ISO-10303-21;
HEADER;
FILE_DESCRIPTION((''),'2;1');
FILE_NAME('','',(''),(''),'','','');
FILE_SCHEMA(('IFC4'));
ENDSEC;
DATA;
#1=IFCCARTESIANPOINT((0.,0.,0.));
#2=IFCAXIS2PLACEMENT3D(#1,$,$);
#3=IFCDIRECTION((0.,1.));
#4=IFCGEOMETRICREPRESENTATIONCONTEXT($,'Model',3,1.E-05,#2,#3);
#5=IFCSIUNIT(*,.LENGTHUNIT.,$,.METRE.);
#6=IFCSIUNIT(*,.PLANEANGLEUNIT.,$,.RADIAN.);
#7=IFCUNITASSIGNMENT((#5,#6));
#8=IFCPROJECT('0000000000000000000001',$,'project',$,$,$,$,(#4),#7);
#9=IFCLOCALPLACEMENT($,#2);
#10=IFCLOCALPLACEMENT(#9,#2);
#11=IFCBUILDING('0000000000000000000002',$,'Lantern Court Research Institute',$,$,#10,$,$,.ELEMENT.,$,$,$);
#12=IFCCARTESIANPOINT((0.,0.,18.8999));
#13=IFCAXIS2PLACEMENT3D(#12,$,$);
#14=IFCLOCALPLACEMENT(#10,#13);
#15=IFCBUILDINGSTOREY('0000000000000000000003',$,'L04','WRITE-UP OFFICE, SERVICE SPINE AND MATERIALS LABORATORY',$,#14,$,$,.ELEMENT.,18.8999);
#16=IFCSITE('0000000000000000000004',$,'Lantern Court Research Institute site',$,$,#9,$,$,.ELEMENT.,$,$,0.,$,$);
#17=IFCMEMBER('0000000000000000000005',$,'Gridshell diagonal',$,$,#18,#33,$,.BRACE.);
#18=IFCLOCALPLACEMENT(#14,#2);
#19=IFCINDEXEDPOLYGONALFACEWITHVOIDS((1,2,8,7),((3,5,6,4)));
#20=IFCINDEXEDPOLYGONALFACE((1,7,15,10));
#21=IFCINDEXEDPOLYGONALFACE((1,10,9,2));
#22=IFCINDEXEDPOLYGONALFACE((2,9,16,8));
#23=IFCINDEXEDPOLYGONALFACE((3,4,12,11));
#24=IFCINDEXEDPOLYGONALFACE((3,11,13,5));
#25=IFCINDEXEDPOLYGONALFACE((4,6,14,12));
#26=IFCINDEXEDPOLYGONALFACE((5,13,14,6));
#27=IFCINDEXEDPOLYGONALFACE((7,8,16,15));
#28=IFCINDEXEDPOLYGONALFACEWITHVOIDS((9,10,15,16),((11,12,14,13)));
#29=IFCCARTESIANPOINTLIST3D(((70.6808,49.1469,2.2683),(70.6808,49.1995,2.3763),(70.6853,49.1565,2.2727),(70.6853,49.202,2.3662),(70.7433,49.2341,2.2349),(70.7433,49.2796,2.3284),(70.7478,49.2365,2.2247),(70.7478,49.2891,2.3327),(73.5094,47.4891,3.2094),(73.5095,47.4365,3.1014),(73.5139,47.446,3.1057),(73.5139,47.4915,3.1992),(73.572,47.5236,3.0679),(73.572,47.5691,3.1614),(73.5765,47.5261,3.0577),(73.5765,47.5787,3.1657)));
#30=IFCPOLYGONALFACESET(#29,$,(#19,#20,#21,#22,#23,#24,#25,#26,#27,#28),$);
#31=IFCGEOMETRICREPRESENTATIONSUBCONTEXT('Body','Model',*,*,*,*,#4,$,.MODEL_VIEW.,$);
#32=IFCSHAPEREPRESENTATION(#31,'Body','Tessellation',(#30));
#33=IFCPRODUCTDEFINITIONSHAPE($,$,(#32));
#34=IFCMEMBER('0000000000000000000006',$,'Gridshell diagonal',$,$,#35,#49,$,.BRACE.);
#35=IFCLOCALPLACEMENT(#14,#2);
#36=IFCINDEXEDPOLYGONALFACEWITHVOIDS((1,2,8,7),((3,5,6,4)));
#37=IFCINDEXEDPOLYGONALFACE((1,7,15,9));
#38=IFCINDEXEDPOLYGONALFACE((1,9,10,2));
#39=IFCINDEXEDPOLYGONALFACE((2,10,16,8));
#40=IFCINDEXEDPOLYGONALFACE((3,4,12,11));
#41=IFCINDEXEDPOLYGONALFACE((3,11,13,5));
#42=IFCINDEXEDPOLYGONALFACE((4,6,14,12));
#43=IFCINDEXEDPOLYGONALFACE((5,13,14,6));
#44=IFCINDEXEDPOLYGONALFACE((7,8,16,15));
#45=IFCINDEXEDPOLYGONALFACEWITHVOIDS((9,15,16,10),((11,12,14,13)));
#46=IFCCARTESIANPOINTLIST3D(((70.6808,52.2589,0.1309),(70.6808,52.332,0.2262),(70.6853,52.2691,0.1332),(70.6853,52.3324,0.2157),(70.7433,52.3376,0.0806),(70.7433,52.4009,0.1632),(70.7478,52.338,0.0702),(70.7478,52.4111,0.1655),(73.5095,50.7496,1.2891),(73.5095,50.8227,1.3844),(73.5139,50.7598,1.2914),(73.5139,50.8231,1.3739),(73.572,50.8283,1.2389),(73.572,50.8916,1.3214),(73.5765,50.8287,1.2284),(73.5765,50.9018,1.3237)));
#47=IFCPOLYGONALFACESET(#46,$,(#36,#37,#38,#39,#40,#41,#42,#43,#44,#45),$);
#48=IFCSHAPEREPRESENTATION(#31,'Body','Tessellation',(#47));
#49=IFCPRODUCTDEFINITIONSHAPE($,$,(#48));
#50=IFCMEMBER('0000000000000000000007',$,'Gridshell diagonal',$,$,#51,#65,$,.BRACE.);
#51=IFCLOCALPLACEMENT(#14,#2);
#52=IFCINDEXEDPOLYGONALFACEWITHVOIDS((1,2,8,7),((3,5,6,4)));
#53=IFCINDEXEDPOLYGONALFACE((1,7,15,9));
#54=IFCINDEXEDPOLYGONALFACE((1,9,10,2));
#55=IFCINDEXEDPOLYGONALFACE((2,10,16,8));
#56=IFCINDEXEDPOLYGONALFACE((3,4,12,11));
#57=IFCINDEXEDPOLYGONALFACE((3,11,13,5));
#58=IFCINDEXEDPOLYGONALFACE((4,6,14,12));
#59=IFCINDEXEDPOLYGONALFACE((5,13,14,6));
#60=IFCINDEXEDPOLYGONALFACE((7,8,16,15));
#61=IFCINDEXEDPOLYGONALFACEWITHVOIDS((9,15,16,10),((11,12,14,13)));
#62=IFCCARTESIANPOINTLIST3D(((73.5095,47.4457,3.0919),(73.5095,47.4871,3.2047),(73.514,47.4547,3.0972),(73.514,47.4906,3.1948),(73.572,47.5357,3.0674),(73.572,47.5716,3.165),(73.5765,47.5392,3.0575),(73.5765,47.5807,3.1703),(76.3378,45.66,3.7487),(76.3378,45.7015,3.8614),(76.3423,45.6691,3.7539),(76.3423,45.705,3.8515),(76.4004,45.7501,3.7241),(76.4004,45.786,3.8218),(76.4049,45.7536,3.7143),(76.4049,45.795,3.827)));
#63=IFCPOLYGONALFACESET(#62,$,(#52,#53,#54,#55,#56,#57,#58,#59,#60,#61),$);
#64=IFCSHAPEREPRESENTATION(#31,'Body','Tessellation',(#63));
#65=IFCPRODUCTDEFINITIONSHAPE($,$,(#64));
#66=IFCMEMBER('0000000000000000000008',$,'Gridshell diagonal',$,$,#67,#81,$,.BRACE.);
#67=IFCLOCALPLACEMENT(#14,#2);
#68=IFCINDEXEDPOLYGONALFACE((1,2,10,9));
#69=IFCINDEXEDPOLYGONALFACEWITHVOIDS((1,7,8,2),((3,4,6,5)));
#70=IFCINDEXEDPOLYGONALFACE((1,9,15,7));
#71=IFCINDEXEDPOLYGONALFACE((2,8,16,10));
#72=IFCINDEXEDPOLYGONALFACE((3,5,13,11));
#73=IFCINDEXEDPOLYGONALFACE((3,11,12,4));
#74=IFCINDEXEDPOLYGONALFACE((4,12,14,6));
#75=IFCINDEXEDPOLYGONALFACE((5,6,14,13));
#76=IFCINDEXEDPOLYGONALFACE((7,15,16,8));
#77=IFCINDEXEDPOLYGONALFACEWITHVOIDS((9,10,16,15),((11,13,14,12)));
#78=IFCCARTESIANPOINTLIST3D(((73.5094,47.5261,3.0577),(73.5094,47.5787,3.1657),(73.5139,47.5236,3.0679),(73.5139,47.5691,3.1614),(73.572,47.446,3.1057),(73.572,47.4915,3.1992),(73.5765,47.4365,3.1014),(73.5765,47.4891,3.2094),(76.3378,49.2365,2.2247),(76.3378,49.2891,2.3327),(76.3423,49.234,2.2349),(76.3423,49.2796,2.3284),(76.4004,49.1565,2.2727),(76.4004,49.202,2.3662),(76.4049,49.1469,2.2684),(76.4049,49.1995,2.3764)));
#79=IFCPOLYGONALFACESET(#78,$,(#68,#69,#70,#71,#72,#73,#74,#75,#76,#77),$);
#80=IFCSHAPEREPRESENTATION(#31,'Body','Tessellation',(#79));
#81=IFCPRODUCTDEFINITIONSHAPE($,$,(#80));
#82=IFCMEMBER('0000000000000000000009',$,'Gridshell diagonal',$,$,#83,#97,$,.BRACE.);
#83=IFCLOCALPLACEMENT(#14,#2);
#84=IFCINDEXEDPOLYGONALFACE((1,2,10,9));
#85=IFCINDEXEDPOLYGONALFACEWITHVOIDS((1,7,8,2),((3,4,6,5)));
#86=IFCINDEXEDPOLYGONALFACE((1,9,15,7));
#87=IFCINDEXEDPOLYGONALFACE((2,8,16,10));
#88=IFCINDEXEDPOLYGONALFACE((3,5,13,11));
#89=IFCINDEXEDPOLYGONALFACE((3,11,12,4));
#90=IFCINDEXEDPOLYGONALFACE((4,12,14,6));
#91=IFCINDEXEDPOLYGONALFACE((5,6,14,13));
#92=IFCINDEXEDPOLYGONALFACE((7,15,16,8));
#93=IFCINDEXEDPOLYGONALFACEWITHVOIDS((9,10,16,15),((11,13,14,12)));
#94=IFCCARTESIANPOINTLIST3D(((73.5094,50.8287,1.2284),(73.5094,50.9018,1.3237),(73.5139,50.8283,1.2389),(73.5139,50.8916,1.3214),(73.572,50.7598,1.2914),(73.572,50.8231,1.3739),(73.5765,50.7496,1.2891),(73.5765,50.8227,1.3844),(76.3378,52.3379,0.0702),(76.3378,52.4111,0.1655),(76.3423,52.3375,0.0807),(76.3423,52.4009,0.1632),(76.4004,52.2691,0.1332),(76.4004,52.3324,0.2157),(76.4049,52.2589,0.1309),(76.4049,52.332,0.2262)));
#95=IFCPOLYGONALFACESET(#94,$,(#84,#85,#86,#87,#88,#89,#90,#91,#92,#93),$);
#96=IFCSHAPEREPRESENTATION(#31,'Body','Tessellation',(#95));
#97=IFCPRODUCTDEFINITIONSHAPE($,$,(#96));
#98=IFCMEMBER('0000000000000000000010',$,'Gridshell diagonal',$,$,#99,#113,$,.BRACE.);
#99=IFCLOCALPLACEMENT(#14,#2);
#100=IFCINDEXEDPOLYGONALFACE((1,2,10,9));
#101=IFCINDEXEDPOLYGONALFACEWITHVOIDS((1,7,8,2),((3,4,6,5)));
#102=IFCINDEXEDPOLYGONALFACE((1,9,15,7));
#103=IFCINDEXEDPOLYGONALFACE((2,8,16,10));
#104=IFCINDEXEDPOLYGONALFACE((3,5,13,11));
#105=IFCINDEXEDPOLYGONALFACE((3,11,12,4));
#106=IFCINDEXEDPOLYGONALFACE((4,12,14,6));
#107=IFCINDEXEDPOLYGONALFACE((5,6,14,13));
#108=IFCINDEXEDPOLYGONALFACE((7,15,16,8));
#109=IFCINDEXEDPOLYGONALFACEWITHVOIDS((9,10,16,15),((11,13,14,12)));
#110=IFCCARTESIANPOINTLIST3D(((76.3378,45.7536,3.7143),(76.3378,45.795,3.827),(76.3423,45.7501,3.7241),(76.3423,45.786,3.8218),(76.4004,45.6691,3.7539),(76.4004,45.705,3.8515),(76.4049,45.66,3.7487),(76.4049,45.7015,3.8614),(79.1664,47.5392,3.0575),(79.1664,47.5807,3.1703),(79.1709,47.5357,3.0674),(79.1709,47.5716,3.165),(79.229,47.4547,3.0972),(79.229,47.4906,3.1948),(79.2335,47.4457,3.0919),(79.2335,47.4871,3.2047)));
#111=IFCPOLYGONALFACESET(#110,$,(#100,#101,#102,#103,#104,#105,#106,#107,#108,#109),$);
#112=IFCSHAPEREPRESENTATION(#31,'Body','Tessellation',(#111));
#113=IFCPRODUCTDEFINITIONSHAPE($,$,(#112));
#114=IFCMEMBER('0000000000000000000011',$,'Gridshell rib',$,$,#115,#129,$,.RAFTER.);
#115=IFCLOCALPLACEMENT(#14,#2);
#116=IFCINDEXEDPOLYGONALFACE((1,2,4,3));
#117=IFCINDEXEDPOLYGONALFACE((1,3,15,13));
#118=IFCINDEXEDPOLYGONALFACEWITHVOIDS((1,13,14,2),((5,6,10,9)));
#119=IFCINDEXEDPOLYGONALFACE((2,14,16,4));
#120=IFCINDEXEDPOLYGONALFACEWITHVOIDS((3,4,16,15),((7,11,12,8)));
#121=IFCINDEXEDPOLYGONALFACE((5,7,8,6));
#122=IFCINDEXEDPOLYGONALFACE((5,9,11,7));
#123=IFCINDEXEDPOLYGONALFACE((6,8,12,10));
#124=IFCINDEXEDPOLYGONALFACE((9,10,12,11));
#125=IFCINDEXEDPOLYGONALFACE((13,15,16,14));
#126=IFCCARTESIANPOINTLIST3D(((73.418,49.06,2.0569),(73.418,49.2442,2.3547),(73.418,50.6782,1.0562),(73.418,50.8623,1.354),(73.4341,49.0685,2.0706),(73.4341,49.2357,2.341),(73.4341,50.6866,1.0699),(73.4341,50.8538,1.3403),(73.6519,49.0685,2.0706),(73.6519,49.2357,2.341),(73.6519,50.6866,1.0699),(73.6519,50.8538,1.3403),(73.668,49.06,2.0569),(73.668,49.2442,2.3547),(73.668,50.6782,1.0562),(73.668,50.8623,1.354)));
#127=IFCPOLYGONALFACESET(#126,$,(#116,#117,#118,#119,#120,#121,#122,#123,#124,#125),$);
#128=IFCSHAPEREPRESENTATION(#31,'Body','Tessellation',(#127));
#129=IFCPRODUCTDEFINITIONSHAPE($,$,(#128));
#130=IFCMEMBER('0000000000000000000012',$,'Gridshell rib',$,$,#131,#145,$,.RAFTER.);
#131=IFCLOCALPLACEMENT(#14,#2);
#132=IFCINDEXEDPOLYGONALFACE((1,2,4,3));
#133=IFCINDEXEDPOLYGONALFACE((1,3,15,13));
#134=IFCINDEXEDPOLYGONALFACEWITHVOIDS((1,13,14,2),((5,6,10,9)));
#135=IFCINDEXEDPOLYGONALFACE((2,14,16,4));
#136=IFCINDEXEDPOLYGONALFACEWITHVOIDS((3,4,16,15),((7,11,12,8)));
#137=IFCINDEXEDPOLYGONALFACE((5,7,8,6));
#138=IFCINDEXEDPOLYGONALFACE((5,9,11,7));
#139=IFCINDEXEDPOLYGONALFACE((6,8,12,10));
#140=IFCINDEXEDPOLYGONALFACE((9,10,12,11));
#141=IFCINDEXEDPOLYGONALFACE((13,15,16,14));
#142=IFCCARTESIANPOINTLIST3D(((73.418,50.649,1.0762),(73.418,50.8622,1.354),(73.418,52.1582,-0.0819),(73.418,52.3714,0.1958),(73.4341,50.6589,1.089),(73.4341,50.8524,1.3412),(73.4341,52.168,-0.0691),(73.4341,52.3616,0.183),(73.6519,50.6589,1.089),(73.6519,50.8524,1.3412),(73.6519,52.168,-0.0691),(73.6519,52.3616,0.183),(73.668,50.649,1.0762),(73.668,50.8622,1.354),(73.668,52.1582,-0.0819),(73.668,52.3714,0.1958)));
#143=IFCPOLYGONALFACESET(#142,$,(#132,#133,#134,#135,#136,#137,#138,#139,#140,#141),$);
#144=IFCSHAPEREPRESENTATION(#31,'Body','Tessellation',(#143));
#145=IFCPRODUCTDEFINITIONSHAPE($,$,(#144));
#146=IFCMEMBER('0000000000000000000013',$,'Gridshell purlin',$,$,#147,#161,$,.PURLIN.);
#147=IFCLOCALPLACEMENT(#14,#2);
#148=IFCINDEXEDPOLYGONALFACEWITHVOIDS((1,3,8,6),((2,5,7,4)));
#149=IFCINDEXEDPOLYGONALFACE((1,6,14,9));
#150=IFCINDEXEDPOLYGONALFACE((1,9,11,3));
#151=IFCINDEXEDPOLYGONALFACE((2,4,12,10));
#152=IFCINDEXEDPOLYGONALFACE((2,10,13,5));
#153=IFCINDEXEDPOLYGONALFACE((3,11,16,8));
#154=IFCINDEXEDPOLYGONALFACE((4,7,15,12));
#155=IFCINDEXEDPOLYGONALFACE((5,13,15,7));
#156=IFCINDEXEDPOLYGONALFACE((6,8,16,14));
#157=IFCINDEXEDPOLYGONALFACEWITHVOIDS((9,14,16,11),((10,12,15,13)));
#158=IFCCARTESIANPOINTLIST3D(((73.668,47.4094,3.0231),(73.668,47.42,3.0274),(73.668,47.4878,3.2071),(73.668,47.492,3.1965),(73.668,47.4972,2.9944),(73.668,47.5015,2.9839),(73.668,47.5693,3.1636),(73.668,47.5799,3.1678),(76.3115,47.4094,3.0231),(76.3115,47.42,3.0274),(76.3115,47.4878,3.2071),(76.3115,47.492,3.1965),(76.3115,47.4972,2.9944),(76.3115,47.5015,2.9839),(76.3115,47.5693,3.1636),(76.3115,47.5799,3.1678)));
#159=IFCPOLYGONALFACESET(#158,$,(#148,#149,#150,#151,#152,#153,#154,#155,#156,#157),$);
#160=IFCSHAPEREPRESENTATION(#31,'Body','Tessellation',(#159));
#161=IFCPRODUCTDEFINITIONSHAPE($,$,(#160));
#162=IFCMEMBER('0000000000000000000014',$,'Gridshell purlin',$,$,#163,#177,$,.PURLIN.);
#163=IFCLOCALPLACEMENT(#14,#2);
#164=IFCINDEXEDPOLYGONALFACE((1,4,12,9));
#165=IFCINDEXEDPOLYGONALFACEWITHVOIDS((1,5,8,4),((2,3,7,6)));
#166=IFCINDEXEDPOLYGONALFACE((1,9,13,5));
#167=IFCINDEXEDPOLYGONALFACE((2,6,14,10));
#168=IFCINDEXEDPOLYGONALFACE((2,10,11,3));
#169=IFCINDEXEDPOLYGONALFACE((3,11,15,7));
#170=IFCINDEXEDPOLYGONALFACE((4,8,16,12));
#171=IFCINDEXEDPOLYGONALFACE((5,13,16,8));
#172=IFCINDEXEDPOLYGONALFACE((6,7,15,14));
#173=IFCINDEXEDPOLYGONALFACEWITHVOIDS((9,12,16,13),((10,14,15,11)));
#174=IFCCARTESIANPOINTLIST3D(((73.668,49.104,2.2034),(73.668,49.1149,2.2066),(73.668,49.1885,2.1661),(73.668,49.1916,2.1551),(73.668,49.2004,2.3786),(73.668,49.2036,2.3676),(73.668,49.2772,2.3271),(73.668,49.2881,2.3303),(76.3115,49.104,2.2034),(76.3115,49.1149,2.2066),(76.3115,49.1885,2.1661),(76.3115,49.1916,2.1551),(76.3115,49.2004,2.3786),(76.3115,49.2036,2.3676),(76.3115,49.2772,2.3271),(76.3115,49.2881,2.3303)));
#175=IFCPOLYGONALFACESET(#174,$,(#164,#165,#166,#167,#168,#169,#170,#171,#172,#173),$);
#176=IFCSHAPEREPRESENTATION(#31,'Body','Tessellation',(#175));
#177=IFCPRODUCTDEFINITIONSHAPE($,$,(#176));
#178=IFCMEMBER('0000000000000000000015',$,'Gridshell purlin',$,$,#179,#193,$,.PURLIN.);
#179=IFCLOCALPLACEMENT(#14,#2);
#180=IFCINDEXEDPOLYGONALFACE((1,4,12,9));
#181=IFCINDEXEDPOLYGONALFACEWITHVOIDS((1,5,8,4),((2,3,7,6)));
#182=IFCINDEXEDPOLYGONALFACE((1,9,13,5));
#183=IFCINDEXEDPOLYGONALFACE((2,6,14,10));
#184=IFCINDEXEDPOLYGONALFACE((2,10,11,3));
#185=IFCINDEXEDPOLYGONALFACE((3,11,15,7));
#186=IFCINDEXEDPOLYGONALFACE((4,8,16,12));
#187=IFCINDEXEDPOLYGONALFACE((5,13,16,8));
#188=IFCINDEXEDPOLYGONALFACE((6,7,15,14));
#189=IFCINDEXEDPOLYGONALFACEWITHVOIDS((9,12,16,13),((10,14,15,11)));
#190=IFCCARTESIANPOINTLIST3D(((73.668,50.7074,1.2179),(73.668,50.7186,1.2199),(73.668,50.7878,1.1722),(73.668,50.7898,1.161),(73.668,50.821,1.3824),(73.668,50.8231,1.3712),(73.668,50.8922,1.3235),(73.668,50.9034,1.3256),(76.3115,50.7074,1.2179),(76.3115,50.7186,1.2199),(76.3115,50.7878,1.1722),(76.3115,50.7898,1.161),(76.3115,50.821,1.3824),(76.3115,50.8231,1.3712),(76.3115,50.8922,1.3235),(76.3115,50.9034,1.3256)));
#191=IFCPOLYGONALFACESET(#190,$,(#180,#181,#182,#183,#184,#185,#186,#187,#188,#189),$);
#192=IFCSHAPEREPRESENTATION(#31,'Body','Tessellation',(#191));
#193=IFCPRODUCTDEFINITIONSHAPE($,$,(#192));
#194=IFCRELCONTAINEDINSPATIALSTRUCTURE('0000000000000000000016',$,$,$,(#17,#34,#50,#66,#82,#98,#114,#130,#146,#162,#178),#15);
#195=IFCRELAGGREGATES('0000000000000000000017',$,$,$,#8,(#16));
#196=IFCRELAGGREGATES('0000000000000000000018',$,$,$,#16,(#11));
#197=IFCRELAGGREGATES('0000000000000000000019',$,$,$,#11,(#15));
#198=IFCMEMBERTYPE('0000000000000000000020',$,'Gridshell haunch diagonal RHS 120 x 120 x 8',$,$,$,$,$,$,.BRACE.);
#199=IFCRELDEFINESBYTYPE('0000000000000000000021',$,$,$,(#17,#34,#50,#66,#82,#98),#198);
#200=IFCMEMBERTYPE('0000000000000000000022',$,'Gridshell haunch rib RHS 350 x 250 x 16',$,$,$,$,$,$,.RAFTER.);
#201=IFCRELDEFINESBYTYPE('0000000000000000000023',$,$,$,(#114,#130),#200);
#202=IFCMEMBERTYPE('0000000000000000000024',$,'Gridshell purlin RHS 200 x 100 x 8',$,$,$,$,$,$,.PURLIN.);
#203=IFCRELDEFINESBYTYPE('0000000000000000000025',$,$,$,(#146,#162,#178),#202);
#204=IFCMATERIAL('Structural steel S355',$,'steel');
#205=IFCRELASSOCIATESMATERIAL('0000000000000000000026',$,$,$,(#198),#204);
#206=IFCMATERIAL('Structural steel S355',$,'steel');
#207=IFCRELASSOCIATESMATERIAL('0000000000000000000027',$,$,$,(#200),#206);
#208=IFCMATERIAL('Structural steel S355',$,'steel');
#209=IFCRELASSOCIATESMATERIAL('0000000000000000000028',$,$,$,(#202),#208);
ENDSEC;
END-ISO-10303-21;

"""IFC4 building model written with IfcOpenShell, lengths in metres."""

from ifc_helpers import new_model, si_unit, direction, frame, origin, origin_2d, place, context, subcontext, project, spatial, hollow_rectangle, extrude, material, material_profile, profile_set, type_object, element, save


model = new_model("IFC4")

# Units and contexts
model_context = context("Model", 3, precision=1e-05, world=origin(), true_north=direction((0.0, 1.0)))
body_context = subcontext(model_context, "Body", "Model", "MODEL_VIEW")
ifc_project = project(units=[si_unit("LENGTHUNIT", "METRE"), si_unit("PLANEANGLEUNIT", "RADIAN")], contexts=[model_context])

# Site, building, storey
site_placement = place(None, origin())
site = spatial("IfcSite", under=ifc_project, at=site_placement, Name="Lantern Court Research Institute site", CompositionType="ELEMENT", RefElevation=0.0)
building_placement = place(site_placement, origin())
building = spatial("IfcBuilding", under=site, at=building_placement, Name="Lantern Court Research Institute", CompositionType="ELEMENT")
storey_placement = place(building_placement, frame((0.0, 0.0, 18.8999)))
storey = spatial("IfcBuildingStorey", under=building, at=storey_placement, Name="L04", Description="WRITE-UP OFFICE, SERVICE SPINE AND MATERIALS LABORATORY", CompositionType="ELEMENT", Elevation=18.8999)

# Members
ifc_material_1 = material(Name="Structural steel S355", Category="steel")
ifc_material_profile_1 = material_profile(ifc_material_1, hollow_rectangle(XDim=0.1201, YDim=0.1201, WallThickness=0.0081, at=origin_2d()), Name="Gridshell haunch diagonal RHS 120 x 120 x 8")
ifc_profile_set_1 = profile_set([ifc_material_profile_1], Name="Structural steel S355")
member_type_1 = type_object("IfcMemberType", Name="Gridshell haunch diagonal RHS 120 x 120 x 8", PredefinedType="BRACE", material=ifc_profile_set_1)
for number, where, z_axis, x_axis, name in (
    (1, (73.543, 47.5076, 3.1335), (-0.829773, 0.50176, -0.244363), (-0.558101, -0.746025, 0.363277), "Gridshell diagonal"),
    (2, (73.543, 50.8257, 1.3064), (-0.82978, 0.44275, -0.339761), (-0.558091, -0.65828, 0.505176), "Gridshell diagonal"),
):
    element("IfcMember", number, at=place(storey_placement, frame(where, z_axis=z_axis, x_axis=x_axis)), inside=storey, type_object=member_type_1, Name=name, PredefinedType="BRACE", context=body_context, shape_type="SweptSolid", body=[
        extrude(hollow_rectangle(XDim=0.1201, YDim=0.1201, WallThickness=0.0081, at=origin_2d()), origin(), (0.0, 0.0, 1.0), 3.4089),
    ])
for number, where, z_axis, x_axis, name in (
    (3, (76.3713, 45.7275, 3.7878), (-0.829741, 0.523843, -0.192663), (-0.558149, -0.778731, 0.28644), "Gridshell diagonal"),
    (4, (73.543, 47.5076, 3.1335), (0.829751, 0.50179, -0.244377), (-0.558134, 0.746001, -0.363275), "Gridshell diagonal"),
    (5, (73.543, 50.8257, 1.3064), (0.829758, 0.442776, -0.339782), (-0.558124, 0.658254, -0.505172), "Gridshell diagonal"),
):
    element("IfcMember", number, at=place(storey_placement, frame(where, z_axis=z_axis, x_axis=x_axis)), inside=storey, type_object=member_type_1, Name=name, PredefinedType="BRACE", context=body_context, shape_type="SweptSolid", body=[
        extrude(hollow_rectangle(XDim=0.1201, YDim=0.1201, WallThickness=0.0081, at=origin_2d()), origin(), (0.0, 0.0, 1.0), 3.4087),
    ])
member_1_placement = place(storey_placement, frame((76.3713, 45.7275, 3.7878), z_axis=(0.829763, 0.523812, -0.192652), x_axis=(-0.558116, 0.778754, -0.28644)))
element("IfcMember", 6, at=member_1_placement, inside=storey, type_object=member_type_1, Name="Gridshell diagonal", PredefinedType="BRACE", context=body_context, shape_type="SweptSolid", body=[
    extrude(hollow_rectangle(XDim=0.1201, YDim=0.1201, WallThickness=0.0081, at=origin_2d()), origin(), (0.0, 0.0, 1.0), 3.4089),
])
ifc_material_2 = material(Name="Structural steel S355", Category="steel")
ifc_material_profile_2 = material_profile(ifc_material_2, hollow_rectangle(XDim=0.25, YDim=0.3501, WallThickness=0.0161, at=origin_2d()), Name="Gridshell haunch rib RHS 350 x 250 x 16")
ifc_profile_set_2 = profile_set([ifc_material_profile_2], Name="Structural steel S355")
member_type_2 = type_object("IfcMemberType", Name="Gridshell haunch rib RHS 350 x 250 x 16", PredefinedType="RAFTER", material=ifc_profile_set_2)
member_2_placement = place(storey_placement, frame((73.543, 49.1521, 2.2058), z_axis=(0.0, 0.850498, -0.525979), x_axis=(-1.0, 0.0, 0.0)))
element("IfcMember", 7, at=member_2_placement, inside=storey, type_object=member_type_2, Name="Gridshell rib", PredefinedType="RAFTER", context=body_context, shape_type="SweptSolid", body=[
    extrude(hollow_rectangle(XDim=0.25, YDim=0.3501, WallThickness=0.0161, at=origin_2d()), origin(), (0.0, 0.0, 1.0), 1.9026),
])
member_3_placement = place(storey_placement, frame((73.543, 50.7556, 1.2151), z_axis=(0.0, 0.79333, -0.608792), x_axis=(-1.0, 0.0, 0.0)))
element("IfcMember", 8, at=member_3_placement, inside=storey, type_object=member_type_2, Name="Gridshell rib", PredefinedType="RAFTER", context=body_context, shape_type="SweptSolid", body=[
    extrude(hollow_rectangle(XDim=0.25, YDim=0.3501, WallThickness=0.0161, at=origin_2d()), origin(), (0.0, 0.0, 1.0), 1.9023),
])
ifc_material_3 = material(Name="Structural steel S355", Category="steel")
ifc_material_profile_3 = material_profile(ifc_material_3, hollow_rectangle(XDim=0.1001, YDim=0.2, WallThickness=0.0081, at=origin_2d()), Name="Gridshell purlin RHS 200 x 100 x 8")
ifc_profile_set_3 = profile_set([ifc_material_profile_3], Name="Structural steel S355")
member_type_3 = type_object("IfcMemberType", Name="Gridshell purlin RHS 200 x 100 x 8", PredefinedType="PURLIN", material=ifc_profile_set_3)
for number, where, z_axis, x_axis, name in (
    (9, (73.668, 47.4946, 3.0955), (1.0, 0.0, 0.0), (0.0, 0.919966, -0.391999), "Gridshell purlin"),
    (10, (73.668, 49.196, 2.2668), (1.0, 0.0, 0.0), (0.0, 0.875897, -0.482497), "Gridshell purlin"),
    (11, (73.668, 50.8054, 1.2717), (1.0, 0.0, 0.0), (0.0, 0.822954, -0.568108), "Gridshell purlin"),
):
    element("IfcMember", number, at=place(storey_placement, frame(where, z_axis=z_axis, x_axis=x_axis)), inside=storey, type_object=member_type_3, Name=name, PredefinedType="PURLIN", context=body_context, shape_type="SweptSolid", body=[
        extrude(hollow_rectangle(XDim=0.1001, YDim=0.2, WallThickness=0.0081, at=origin_2d()), origin(), (0.0, 0.0, 1.0), 2.6436),
    ])

save(model, "model.ifc")
